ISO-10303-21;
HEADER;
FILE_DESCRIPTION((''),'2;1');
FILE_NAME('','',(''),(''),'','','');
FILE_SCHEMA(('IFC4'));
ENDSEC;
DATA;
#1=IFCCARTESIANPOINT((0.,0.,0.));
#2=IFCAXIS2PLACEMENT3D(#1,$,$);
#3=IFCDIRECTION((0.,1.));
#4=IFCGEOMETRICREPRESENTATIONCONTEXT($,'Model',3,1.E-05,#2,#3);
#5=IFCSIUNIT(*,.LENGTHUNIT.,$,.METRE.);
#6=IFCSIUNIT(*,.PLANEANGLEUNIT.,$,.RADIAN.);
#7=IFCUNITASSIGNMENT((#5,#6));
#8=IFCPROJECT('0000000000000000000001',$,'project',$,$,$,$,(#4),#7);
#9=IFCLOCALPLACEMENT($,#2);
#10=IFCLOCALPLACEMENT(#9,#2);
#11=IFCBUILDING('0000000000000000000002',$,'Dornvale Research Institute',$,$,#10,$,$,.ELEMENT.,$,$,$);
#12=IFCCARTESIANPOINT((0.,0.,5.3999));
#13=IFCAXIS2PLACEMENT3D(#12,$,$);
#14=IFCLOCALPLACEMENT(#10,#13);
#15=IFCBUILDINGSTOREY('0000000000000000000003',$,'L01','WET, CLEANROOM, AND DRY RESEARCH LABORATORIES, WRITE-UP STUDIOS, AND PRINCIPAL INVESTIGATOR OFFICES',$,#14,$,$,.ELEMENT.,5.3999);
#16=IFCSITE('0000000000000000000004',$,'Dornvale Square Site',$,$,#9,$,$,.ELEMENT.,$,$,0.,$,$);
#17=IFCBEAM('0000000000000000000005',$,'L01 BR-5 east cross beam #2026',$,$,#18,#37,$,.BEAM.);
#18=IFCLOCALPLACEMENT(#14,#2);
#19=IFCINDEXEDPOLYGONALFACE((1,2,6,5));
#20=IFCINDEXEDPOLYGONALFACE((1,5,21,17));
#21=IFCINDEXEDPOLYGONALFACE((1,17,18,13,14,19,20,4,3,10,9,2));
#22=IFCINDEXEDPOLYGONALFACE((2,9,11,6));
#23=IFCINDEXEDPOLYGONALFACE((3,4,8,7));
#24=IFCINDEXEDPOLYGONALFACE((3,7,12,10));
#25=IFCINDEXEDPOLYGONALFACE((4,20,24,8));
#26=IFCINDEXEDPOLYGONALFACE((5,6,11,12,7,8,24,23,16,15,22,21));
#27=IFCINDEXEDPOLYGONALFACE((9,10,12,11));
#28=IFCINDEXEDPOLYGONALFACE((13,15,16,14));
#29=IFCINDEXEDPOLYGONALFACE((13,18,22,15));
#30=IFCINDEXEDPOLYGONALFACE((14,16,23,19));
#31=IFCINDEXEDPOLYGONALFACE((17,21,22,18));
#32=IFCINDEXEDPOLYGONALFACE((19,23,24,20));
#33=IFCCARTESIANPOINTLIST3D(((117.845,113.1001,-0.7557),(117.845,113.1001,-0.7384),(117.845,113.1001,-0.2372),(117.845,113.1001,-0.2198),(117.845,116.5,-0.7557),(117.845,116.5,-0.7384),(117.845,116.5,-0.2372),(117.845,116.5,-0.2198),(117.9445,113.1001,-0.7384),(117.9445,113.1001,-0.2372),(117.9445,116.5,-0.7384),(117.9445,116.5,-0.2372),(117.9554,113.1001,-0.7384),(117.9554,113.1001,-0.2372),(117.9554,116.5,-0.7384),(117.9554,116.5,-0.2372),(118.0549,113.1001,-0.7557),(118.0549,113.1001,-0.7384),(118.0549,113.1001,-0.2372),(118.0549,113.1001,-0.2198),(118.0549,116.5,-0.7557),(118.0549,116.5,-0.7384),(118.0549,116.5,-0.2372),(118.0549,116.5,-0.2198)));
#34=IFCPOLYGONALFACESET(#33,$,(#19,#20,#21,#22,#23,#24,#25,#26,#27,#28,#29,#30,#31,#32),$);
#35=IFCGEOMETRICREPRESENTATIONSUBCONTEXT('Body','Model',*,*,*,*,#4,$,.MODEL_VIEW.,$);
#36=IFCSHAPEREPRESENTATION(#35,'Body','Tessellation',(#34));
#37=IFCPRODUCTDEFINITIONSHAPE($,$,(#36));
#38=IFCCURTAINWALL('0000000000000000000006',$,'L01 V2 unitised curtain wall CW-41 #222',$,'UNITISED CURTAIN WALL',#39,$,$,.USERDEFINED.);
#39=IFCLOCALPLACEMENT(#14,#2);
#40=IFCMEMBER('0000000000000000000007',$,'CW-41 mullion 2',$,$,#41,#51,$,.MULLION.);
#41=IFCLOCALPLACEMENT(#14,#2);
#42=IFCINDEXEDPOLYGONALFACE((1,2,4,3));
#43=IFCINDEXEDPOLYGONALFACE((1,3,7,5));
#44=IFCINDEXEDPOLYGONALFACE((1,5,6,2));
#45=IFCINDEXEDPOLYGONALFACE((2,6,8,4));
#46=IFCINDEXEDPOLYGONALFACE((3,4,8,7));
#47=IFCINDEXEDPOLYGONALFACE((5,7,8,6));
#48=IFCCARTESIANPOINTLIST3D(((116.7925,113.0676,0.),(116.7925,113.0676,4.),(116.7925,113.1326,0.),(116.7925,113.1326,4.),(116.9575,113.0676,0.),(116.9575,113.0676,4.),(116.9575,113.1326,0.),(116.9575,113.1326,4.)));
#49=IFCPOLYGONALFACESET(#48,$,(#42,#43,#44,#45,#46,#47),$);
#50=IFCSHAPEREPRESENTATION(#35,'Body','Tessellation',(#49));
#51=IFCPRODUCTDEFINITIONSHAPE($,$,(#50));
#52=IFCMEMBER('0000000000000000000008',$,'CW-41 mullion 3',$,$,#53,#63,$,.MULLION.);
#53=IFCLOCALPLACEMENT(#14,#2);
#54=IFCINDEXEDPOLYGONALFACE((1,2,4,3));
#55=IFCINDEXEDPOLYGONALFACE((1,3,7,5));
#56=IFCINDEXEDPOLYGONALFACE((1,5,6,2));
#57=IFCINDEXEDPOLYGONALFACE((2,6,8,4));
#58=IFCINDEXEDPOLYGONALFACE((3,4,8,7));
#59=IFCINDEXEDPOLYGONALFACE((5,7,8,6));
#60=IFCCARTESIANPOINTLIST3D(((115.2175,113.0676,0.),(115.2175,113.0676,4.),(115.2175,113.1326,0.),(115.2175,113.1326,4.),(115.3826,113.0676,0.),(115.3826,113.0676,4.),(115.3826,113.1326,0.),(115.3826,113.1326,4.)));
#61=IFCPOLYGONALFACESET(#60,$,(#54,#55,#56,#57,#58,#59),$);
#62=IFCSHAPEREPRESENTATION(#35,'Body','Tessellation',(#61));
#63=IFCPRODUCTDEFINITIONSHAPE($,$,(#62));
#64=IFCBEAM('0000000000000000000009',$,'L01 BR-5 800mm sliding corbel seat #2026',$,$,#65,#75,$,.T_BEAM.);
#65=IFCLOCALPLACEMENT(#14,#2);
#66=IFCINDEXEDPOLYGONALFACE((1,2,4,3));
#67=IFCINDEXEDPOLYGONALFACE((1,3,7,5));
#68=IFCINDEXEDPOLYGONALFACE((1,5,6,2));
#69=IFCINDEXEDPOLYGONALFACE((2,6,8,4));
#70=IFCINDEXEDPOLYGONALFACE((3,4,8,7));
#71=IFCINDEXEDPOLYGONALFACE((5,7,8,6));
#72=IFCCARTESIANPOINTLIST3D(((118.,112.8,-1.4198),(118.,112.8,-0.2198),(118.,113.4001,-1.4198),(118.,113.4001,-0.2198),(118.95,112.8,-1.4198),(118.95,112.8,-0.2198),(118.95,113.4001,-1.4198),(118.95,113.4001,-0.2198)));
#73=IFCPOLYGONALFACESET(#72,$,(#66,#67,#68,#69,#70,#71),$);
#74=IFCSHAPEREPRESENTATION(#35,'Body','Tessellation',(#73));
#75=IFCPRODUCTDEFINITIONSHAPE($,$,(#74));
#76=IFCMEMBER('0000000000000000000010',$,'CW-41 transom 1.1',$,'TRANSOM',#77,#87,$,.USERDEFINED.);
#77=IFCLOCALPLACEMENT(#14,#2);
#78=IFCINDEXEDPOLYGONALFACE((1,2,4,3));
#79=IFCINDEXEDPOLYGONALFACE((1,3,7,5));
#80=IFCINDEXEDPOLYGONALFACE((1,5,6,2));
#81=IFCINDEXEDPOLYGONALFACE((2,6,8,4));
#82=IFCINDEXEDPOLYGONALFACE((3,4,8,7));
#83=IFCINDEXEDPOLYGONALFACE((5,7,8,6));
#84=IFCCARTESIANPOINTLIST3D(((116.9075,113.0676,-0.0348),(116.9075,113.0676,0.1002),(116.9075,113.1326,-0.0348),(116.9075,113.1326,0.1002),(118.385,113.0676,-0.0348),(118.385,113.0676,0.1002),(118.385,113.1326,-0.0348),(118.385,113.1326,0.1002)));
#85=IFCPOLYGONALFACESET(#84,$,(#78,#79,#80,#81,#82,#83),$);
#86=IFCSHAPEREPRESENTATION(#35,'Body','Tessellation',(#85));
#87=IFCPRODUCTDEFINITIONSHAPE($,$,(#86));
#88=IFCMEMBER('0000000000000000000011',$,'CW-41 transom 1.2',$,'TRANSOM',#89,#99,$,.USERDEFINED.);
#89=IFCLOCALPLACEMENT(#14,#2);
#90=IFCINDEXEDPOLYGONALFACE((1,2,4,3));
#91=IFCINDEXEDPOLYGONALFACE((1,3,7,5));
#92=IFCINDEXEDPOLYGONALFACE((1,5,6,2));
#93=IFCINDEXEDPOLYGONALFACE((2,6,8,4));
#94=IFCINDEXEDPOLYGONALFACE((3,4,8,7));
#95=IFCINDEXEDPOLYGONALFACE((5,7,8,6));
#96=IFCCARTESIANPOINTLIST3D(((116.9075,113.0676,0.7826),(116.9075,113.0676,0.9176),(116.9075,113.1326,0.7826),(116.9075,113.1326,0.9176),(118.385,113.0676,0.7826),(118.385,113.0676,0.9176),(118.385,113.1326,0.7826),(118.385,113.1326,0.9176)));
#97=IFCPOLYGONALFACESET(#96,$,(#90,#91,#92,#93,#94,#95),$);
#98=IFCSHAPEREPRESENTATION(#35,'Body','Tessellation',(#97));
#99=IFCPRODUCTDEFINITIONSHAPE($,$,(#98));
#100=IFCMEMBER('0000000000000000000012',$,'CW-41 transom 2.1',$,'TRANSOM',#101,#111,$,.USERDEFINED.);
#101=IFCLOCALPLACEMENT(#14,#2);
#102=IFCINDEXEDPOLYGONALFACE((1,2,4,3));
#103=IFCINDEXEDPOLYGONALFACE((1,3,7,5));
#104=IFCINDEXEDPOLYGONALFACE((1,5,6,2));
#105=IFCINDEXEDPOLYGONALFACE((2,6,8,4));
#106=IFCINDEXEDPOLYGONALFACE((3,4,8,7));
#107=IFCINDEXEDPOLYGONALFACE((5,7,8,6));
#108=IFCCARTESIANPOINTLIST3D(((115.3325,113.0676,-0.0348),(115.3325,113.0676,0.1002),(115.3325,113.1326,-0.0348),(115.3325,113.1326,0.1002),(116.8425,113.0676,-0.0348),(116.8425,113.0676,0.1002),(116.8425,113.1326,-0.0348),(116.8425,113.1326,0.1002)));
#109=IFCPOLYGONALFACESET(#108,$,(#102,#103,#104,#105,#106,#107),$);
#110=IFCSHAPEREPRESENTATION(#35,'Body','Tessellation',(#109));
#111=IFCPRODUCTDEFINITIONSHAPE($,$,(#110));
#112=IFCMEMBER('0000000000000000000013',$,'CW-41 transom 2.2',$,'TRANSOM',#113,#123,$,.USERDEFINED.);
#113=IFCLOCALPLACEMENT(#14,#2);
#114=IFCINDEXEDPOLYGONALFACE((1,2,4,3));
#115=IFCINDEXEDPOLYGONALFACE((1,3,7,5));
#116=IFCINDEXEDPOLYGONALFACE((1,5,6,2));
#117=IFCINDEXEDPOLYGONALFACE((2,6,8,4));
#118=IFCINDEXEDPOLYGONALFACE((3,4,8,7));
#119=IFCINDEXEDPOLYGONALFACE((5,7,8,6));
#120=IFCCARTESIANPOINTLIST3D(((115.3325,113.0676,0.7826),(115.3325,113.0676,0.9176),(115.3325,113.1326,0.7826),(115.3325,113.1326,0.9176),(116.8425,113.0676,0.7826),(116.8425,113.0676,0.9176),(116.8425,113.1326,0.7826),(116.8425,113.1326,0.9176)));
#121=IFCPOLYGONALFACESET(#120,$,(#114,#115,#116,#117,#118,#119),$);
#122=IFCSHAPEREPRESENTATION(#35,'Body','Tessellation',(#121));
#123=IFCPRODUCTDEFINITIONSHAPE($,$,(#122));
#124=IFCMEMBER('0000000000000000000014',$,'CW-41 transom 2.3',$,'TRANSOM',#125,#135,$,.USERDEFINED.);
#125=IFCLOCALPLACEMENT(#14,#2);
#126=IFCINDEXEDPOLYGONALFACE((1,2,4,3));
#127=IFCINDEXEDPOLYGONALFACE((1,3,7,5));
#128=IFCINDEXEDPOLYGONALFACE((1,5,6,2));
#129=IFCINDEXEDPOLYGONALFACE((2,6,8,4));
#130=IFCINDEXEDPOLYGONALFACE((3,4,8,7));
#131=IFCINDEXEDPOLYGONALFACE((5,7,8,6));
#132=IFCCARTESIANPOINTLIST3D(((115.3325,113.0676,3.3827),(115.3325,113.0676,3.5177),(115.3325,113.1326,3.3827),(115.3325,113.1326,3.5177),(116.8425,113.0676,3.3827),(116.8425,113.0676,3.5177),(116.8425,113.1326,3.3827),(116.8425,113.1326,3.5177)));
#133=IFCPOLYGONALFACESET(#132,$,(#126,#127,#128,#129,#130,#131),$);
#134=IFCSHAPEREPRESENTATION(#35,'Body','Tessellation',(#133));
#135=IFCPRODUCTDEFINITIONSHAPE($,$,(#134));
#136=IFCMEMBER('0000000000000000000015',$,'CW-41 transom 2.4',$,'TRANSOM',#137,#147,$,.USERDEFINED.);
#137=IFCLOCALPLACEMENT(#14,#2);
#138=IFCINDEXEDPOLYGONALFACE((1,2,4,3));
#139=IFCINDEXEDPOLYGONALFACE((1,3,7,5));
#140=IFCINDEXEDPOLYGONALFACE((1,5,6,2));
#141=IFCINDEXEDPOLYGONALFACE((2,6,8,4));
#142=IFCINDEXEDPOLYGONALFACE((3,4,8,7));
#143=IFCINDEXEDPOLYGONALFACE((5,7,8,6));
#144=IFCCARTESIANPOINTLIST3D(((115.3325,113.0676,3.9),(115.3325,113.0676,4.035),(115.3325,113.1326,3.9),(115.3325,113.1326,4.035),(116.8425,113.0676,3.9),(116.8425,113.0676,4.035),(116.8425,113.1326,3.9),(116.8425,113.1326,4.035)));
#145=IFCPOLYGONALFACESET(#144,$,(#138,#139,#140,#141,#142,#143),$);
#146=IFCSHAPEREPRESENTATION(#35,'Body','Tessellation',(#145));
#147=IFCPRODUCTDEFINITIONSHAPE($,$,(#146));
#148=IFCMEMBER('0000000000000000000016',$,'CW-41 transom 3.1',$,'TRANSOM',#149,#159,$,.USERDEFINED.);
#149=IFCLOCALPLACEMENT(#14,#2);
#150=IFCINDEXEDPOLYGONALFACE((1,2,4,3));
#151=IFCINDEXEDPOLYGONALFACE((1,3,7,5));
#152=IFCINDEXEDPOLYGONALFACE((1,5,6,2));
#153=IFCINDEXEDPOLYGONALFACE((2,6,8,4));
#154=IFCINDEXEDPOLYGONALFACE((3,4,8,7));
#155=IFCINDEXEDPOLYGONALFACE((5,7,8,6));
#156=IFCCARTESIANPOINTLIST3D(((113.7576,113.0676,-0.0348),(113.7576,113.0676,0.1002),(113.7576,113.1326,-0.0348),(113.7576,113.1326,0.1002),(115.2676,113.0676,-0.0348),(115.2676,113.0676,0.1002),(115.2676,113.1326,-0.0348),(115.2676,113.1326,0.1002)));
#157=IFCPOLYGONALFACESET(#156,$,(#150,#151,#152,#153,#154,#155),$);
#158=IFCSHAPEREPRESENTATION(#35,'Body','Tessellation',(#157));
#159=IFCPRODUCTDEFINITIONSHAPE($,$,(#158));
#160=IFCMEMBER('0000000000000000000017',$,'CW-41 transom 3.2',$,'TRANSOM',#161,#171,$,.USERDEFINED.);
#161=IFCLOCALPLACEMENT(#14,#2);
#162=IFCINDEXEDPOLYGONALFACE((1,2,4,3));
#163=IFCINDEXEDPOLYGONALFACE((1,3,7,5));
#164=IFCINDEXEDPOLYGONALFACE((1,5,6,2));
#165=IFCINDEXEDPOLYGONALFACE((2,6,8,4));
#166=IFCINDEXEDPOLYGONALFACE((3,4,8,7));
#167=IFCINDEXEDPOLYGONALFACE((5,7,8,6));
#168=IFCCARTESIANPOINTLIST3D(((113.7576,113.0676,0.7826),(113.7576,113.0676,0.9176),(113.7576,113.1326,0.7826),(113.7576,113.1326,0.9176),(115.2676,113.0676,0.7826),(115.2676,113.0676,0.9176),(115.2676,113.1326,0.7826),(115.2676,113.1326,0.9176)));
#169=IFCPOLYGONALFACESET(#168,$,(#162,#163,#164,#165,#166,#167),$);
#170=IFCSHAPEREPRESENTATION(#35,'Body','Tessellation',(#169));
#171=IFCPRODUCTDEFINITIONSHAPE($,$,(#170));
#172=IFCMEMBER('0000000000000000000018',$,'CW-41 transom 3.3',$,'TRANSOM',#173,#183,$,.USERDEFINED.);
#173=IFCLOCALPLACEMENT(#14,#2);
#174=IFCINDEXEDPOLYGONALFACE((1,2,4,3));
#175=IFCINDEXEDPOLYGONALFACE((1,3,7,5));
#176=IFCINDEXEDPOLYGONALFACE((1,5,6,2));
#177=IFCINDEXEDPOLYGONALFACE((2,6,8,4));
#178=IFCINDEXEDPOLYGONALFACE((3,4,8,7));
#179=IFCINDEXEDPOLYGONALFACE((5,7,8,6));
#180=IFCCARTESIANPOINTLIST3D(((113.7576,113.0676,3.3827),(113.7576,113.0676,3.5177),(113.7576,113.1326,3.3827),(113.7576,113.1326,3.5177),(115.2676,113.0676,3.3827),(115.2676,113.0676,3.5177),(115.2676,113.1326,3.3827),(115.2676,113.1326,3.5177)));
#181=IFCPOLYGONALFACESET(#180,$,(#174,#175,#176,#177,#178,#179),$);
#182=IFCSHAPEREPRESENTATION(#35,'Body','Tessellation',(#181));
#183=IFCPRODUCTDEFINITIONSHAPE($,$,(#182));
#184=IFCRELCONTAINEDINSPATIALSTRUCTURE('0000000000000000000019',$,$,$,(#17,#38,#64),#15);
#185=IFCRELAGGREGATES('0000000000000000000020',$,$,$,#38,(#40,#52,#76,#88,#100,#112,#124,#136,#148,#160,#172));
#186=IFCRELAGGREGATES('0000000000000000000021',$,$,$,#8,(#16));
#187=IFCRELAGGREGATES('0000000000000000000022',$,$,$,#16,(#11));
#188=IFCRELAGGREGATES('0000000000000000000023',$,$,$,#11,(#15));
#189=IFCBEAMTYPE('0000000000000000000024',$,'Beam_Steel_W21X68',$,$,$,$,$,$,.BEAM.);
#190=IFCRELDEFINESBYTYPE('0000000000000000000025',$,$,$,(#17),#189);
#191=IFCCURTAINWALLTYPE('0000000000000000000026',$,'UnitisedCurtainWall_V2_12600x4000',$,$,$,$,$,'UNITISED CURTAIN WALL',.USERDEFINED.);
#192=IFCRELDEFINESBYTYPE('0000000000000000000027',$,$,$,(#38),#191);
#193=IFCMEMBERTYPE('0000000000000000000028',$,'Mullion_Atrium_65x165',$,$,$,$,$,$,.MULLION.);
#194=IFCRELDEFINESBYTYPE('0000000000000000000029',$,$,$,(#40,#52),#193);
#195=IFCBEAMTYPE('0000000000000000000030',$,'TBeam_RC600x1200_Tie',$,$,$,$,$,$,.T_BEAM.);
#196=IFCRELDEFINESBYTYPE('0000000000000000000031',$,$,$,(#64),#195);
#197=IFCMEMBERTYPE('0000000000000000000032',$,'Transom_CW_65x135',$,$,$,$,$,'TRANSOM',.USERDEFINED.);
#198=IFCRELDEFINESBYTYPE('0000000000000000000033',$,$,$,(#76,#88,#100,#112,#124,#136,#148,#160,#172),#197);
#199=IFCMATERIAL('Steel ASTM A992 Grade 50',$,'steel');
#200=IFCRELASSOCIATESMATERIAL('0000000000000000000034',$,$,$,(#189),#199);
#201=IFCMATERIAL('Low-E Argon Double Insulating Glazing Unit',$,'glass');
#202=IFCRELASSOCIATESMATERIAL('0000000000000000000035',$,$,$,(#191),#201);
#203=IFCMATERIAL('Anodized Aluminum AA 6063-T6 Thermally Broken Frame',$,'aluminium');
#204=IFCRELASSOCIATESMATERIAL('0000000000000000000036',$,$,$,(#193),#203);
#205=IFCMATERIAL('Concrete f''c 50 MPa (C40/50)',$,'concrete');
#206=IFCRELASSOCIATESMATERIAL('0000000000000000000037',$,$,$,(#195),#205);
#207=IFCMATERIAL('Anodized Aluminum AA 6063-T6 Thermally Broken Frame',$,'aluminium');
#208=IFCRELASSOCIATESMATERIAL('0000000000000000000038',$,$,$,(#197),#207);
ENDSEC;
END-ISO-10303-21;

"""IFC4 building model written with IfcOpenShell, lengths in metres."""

from ifc_helpers import new_model, si_unit, direction, frame, origin, origin_2d, place, context, subcontext, project, spatial, rectangle, i_section, extrude, material, material_profile, profile_set, type_object, element, aggregate, save


model = new_model("IFC4")

# Units and contexts
model_context = context("Model", 3, precision=1e-05, world=origin(), true_north=direction((0.0, 1.0)))
body_context = subcontext(model_context, "Body", "Model", "MODEL_VIEW")
ifc_project = project(units=[si_unit("LENGTHUNIT", "METRE"), si_unit("PLANEANGLEUNIT", "RADIAN")], contexts=[model_context])

# Site, building, storey
site_placement = place(None, origin())
site = spatial("IfcSite", under=ifc_project, at=site_placement, Name="Dornvale Square Site", CompositionType="ELEMENT", RefElevation=0.0)
building_placement = place(site_placement, origin())
building = spatial("IfcBuilding", under=site, at=building_placement, Name="Dornvale Research Institute", CompositionType="ELEMENT")
storey_placement = place(building_placement, frame((0.0, 0.0, 5.3999)))
storey = spatial("IfcBuildingStorey", under=building, at=storey_placement, Name="L01", Description="WET, CLEANROOM, AND DRY RESEARCH LABORATORIES, WRITE-UP STUDIOS, AND PRINCIPAL INVESTIGATOR OFFICES", CompositionType="ELEMENT", Elevation=5.3999)

# Beam
ifc_material_1 = material(Name="Steel ASTM A992 Grade 50", Category="steel")
ifc_material_profile_1 = material_profile(ifc_material_1, i_section(OverallWidth=0.21, OverallDepth=0.5359, WebThickness=0.011, FlangeThickness=0.0173, at=origin_2d()), Name="W21X68")
ifc_profile_set_1 = profile_set([ifc_material_profile_1], Name="Steel ASTM A992 Grade 50")
beam_type_1 = type_object("IfcBeamType", Name="Beam_Steel_W21X68", PredefinedType="BEAM", material=ifc_profile_set_1)
beam_1_placement = place(storey_placement, frame((117.95, 113.1001, -0.4878), z_axis=(0.0, 1.0, 0.0), x_axis=(-1.0, 0.0, 0.0)))
element("IfcBeam", 1, at=beam_1_placement, inside=storey, type_object=beam_type_1, Name="L01 BR-5 east cross beam #2026", PredefinedType="BEAM", context=body_context, shape_type="SweptSolid", body=[
    extrude(i_section(OverallWidth=0.21, OverallDepth=0.5359, WebThickness=0.011, FlangeThickness=0.0173, at=origin_2d()), origin(), (0.0, 0.0, 1.0), 3.3999),
])

# Curtain wall, members
ifc_material_2 = material(Name="Low-E Argon Double Insulating Glazing Unit", Category="glass")
curtain_wall_type = type_object("IfcCurtainWallType", Name="UnitisedCurtainWall_V2_12600x4000", ElementType="UNITISED CURTAIN WALL", PredefinedType="USERDEFINED", material=ifc_material_2)
curtain_wall_placement = place(storey_placement, origin())
curtain_wall = element("IfcCurtainWall", 2, at=curtain_wall_placement, inside=storey, type_object=curtain_wall_type, Name="L01 V2 unitised curtain wall CW-41 #222", ObjectType="UNITISED CURTAIN WALL", PredefinedType="USERDEFINED")
ifc_material_3 = material(Name="Anodized Aluminum AA 6063-T6 Thermally Broken Frame", Category="aluminium")
ifc_material_profile_2 = material_profile(ifc_material_3, rectangle(XDim=0.0649, YDim=0.165, at=origin_2d()), Name="ALU MULLION 65x165")
ifc_profile_set_2 = profile_set([ifc_material_profile_2], Name="Anodized Aluminum AA 6063-T6 Thermally Broken Frame")
member_type_1 = type_object("IfcMemberType", Name="Mullion_Atrium_65x165", PredefinedType="MULLION", material=ifc_profile_set_2)
member_1_placement = place(storey_placement, frame((116.875, 113.1001, 0.0), z_axis=(0.0, 0.0, 1.0), x_axis=(0.0, -1.0, 0.0)))
member_1 = element("IfcMember", 3, at=member_1_placement, type_object=member_type_1, Name="CW-41 mullion 2", PredefinedType="MULLION", context=body_context, shape_type="SweptSolid", body=[
    extrude(rectangle(XDim=0.0649, YDim=0.165, at=origin_2d()), origin(), (0.0, 0.0, 1.0), 4.0),
])
member_2_placement = place(storey_placement, frame((115.3, 113.1001, 0.0), z_axis=(0.0, 0.0, 1.0), x_axis=(0.0, -1.0, 0.0)))
member_2 = element("IfcMember", 4, at=member_2_placement, type_object=member_type_1, Name="CW-41 mullion 3", PredefinedType="MULLION", context=body_context, shape_type="SweptSolid", body=[
    extrude(rectangle(XDim=0.0649, YDim=0.165, at=origin_2d()), origin(), (0.0, 0.0, 1.0), 4.0),
])

# Beam
ifc_material_4 = material(Name="Concrete f'c 50 MPa (C40/50)", Category="concrete")
ifc_material_profile_3 = material_profile(ifc_material_4, rectangle(XDim=0.6001, YDim=1.2, at=origin_2d()), Name="RC 600x1200")
ifc_profile_set_3 = profile_set([ifc_material_profile_3], Name="Concrete f'c 50 MPa (C40/50)")
beam_type_2 = type_object("IfcBeamType", Name="TBeam_RC600x1200_Tie", PredefinedType="T_BEAM", material=ifc_profile_set_3)
beam_2_placement = place(storey_placement, frame((118.0, 113.1001, -0.8198), z_axis=(1.0, 0.0, 0.0), x_axis=(0.0, 1.0, 0.0)))
element("IfcBeam", 5, at=beam_2_placement, inside=storey, type_object=beam_type_2, Name="L01 BR-5 800mm sliding corbel seat #2026", PredefinedType="T_BEAM", context=body_context, shape_type="SweptSolid", body=[
    extrude(rectangle(XDim=0.6001, YDim=1.2, at=origin_2d()), origin(), (0.0, 0.0, 1.0), 0.95),
])

# Members
ifc_material_5 = material(Name="Anodized Aluminum AA 6063-T6 Thermally Broken Frame", Category="aluminium")
ifc_material_profile_4 = material_profile(ifc_material_5, rectangle(XDim=0.0649, YDim=0.135, at=origin_2d()), Name="ALU TRANSOM 65x135")
ifc_profile_set_4 = profile_set([ifc_material_profile_4], Name="Anodized Aluminum AA 6063-T6 Thermally Broken Frame")
member_type_2 = type_object("IfcMemberType", Name="Transom_CW_65x135", ElementType="TRANSOM", PredefinedType="USERDEFINED", material=ifc_profile_set_4)
member_3_placement = place(storey_placement, frame((118.385, 113.1001, 0.0327), z_axis=(-1.0, 0.0, 0.0), x_axis=(0.0, -1.0, 0.0)))
member_3 = element("IfcMember", 6, at=member_3_placement, type_object=member_type_2, Name="CW-41 transom 1.1", ObjectType="TRANSOM", PredefinedType="USERDEFINED", context=body_context, shape_type="SweptSolid", body=[
    extrude(rectangle(XDim=0.0649, YDim=0.135, at=origin_2d()), origin(), (0.0, 0.0, 1.0), 1.4775),
])
member_4_placement = place(storey_placement, frame((118.385, 113.1001, 0.8501), z_axis=(-1.0, 0.0, 0.0), x_axis=(0.0, -1.0, 0.0)))
member_4 = element("IfcMember", 7, at=member_4_placement, type_object=member_type_2, Name="CW-41 transom 1.2", ObjectType="TRANSOM", PredefinedType="USERDEFINED", context=body_context, shape_type="SweptSolid", body=[
    extrude(rectangle(XDim=0.0649, YDim=0.135, at=origin_2d()), origin(), (0.0, 0.0, 1.0), 1.4775),
])
member_5_placement = place(storey_placement, frame((116.8425, 113.1001, 0.0327), z_axis=(-1.0, 0.0, 0.0), x_axis=(0.0, -1.0, 0.0)))
member_5 = element("IfcMember", 8, at=member_5_placement, type_object=member_type_2, Name="CW-41 transom 2.1", ObjectType="TRANSOM", PredefinedType="USERDEFINED", context=body_context, shape_type="SweptSolid", body=[
    extrude(rectangle(XDim=0.0649, YDim=0.135, at=origin_2d()), origin(), (0.0, 0.0, 1.0), 1.51),
])
member_6_placement = place(storey_placement, frame((116.8425, 113.1001, 0.8501), z_axis=(-1.0, 0.0, 0.0), x_axis=(0.0, -1.0, 0.0)))
member_6 = element("IfcMember", 9, at=member_6_placement, type_object=member_type_2, Name="CW-41 transom 2.2", ObjectType="TRANSOM", PredefinedType="USERDEFINED", context=body_context, shape_type="SweptSolid", body=[
    extrude(rectangle(XDim=0.0649, YDim=0.135, at=origin_2d()), origin(), (0.0, 0.0, 1.0), 1.51),
])
member_7_placement = place(storey_placement, frame((116.8425, 113.1001, 3.4502), z_axis=(-1.0, 0.0, 0.0), x_axis=(0.0, -1.0, 0.0)))
member_7 = element("IfcMember", 10, at=member_7_placement, type_object=member_type_2, Name="CW-41 transom 2.3", ObjectType="TRANSOM", PredefinedType="USERDEFINED", context=body_context, shape_type="SweptSolid", body=[
    extrude(rectangle(XDim=0.0649, YDim=0.135, at=origin_2d()), origin(), (0.0, 0.0, 1.0), 1.51),
])
member_8_placement = place(storey_placement, frame((116.8425, 113.1001, 3.9675), z_axis=(-1.0, 0.0, 0.0), x_axis=(0.0, -1.0, 0.0)))
member_8 = element("IfcMember", 11, at=member_8_placement, type_object=member_type_2, Name="CW-41 transom 2.4", ObjectType="TRANSOM", PredefinedType="USERDEFINED", context=body_context, shape_type="SweptSolid", body=[
    extrude(rectangle(XDim=0.0649, YDim=0.135, at=origin_2d()), origin(), (0.0, 0.0, 1.0), 1.51),
])
member_9_placement = place(storey_placement, frame((115.2676, 113.1001, 0.0327), z_axis=(-1.0, 0.0, 0.0), x_axis=(0.0, -1.0, 0.0)))
member_9 = element("IfcMember", 12, at=member_9_placement, type_object=member_type_2, Name="CW-41 transom 3.1", ObjectType="TRANSOM", PredefinedType="USERDEFINED", context=body_context, shape_type="SweptSolid", body=[
    extrude(rectangle(XDim=0.0649, YDim=0.135, at=origin_2d()), origin(), (0.0, 0.0, 1.0), 1.51),
])
member_10_placement = place(storey_placement, frame((115.2676, 113.1001, 0.8501), z_axis=(-1.0, 0.0, 0.0), x_axis=(0.0, -1.0, 0.0)))
member_10 = element("IfcMember", 13, at=member_10_placement, type_object=member_type_2, Name="CW-41 transom 3.2", ObjectType="TRANSOM", PredefinedType="USERDEFINED", context=body_context, shape_type="SweptSolid", body=[
    extrude(rectangle(XDim=0.0649, YDim=0.135, at=origin_2d()), origin(), (0.0, 0.0, 1.0), 1.51),
])
member_11_placement = place(storey_placement, frame((115.2676, 113.1001, 3.4502), z_axis=(-1.0, 0.0, 0.0), x_axis=(0.0, -1.0, 0.0)))
member_11 = element("IfcMember", 14, at=member_11_placement, type_object=member_type_2, Name="CW-41 transom 3.3", ObjectType="TRANSOM", PredefinedType="USERDEFINED", context=body_context, shape_type="SweptSolid", body=[
    extrude(rectangle(XDim=0.0649, YDim=0.135, at=origin_2d()), origin(), (0.0, 0.0, 1.0), 1.51),
])

aggregate(curtain_wall, [member_1, member_2, member_3, member_4, member_5, member_6, member_7, member_8, member_9, member_10, member_11])

save(model, "model.ifc")
